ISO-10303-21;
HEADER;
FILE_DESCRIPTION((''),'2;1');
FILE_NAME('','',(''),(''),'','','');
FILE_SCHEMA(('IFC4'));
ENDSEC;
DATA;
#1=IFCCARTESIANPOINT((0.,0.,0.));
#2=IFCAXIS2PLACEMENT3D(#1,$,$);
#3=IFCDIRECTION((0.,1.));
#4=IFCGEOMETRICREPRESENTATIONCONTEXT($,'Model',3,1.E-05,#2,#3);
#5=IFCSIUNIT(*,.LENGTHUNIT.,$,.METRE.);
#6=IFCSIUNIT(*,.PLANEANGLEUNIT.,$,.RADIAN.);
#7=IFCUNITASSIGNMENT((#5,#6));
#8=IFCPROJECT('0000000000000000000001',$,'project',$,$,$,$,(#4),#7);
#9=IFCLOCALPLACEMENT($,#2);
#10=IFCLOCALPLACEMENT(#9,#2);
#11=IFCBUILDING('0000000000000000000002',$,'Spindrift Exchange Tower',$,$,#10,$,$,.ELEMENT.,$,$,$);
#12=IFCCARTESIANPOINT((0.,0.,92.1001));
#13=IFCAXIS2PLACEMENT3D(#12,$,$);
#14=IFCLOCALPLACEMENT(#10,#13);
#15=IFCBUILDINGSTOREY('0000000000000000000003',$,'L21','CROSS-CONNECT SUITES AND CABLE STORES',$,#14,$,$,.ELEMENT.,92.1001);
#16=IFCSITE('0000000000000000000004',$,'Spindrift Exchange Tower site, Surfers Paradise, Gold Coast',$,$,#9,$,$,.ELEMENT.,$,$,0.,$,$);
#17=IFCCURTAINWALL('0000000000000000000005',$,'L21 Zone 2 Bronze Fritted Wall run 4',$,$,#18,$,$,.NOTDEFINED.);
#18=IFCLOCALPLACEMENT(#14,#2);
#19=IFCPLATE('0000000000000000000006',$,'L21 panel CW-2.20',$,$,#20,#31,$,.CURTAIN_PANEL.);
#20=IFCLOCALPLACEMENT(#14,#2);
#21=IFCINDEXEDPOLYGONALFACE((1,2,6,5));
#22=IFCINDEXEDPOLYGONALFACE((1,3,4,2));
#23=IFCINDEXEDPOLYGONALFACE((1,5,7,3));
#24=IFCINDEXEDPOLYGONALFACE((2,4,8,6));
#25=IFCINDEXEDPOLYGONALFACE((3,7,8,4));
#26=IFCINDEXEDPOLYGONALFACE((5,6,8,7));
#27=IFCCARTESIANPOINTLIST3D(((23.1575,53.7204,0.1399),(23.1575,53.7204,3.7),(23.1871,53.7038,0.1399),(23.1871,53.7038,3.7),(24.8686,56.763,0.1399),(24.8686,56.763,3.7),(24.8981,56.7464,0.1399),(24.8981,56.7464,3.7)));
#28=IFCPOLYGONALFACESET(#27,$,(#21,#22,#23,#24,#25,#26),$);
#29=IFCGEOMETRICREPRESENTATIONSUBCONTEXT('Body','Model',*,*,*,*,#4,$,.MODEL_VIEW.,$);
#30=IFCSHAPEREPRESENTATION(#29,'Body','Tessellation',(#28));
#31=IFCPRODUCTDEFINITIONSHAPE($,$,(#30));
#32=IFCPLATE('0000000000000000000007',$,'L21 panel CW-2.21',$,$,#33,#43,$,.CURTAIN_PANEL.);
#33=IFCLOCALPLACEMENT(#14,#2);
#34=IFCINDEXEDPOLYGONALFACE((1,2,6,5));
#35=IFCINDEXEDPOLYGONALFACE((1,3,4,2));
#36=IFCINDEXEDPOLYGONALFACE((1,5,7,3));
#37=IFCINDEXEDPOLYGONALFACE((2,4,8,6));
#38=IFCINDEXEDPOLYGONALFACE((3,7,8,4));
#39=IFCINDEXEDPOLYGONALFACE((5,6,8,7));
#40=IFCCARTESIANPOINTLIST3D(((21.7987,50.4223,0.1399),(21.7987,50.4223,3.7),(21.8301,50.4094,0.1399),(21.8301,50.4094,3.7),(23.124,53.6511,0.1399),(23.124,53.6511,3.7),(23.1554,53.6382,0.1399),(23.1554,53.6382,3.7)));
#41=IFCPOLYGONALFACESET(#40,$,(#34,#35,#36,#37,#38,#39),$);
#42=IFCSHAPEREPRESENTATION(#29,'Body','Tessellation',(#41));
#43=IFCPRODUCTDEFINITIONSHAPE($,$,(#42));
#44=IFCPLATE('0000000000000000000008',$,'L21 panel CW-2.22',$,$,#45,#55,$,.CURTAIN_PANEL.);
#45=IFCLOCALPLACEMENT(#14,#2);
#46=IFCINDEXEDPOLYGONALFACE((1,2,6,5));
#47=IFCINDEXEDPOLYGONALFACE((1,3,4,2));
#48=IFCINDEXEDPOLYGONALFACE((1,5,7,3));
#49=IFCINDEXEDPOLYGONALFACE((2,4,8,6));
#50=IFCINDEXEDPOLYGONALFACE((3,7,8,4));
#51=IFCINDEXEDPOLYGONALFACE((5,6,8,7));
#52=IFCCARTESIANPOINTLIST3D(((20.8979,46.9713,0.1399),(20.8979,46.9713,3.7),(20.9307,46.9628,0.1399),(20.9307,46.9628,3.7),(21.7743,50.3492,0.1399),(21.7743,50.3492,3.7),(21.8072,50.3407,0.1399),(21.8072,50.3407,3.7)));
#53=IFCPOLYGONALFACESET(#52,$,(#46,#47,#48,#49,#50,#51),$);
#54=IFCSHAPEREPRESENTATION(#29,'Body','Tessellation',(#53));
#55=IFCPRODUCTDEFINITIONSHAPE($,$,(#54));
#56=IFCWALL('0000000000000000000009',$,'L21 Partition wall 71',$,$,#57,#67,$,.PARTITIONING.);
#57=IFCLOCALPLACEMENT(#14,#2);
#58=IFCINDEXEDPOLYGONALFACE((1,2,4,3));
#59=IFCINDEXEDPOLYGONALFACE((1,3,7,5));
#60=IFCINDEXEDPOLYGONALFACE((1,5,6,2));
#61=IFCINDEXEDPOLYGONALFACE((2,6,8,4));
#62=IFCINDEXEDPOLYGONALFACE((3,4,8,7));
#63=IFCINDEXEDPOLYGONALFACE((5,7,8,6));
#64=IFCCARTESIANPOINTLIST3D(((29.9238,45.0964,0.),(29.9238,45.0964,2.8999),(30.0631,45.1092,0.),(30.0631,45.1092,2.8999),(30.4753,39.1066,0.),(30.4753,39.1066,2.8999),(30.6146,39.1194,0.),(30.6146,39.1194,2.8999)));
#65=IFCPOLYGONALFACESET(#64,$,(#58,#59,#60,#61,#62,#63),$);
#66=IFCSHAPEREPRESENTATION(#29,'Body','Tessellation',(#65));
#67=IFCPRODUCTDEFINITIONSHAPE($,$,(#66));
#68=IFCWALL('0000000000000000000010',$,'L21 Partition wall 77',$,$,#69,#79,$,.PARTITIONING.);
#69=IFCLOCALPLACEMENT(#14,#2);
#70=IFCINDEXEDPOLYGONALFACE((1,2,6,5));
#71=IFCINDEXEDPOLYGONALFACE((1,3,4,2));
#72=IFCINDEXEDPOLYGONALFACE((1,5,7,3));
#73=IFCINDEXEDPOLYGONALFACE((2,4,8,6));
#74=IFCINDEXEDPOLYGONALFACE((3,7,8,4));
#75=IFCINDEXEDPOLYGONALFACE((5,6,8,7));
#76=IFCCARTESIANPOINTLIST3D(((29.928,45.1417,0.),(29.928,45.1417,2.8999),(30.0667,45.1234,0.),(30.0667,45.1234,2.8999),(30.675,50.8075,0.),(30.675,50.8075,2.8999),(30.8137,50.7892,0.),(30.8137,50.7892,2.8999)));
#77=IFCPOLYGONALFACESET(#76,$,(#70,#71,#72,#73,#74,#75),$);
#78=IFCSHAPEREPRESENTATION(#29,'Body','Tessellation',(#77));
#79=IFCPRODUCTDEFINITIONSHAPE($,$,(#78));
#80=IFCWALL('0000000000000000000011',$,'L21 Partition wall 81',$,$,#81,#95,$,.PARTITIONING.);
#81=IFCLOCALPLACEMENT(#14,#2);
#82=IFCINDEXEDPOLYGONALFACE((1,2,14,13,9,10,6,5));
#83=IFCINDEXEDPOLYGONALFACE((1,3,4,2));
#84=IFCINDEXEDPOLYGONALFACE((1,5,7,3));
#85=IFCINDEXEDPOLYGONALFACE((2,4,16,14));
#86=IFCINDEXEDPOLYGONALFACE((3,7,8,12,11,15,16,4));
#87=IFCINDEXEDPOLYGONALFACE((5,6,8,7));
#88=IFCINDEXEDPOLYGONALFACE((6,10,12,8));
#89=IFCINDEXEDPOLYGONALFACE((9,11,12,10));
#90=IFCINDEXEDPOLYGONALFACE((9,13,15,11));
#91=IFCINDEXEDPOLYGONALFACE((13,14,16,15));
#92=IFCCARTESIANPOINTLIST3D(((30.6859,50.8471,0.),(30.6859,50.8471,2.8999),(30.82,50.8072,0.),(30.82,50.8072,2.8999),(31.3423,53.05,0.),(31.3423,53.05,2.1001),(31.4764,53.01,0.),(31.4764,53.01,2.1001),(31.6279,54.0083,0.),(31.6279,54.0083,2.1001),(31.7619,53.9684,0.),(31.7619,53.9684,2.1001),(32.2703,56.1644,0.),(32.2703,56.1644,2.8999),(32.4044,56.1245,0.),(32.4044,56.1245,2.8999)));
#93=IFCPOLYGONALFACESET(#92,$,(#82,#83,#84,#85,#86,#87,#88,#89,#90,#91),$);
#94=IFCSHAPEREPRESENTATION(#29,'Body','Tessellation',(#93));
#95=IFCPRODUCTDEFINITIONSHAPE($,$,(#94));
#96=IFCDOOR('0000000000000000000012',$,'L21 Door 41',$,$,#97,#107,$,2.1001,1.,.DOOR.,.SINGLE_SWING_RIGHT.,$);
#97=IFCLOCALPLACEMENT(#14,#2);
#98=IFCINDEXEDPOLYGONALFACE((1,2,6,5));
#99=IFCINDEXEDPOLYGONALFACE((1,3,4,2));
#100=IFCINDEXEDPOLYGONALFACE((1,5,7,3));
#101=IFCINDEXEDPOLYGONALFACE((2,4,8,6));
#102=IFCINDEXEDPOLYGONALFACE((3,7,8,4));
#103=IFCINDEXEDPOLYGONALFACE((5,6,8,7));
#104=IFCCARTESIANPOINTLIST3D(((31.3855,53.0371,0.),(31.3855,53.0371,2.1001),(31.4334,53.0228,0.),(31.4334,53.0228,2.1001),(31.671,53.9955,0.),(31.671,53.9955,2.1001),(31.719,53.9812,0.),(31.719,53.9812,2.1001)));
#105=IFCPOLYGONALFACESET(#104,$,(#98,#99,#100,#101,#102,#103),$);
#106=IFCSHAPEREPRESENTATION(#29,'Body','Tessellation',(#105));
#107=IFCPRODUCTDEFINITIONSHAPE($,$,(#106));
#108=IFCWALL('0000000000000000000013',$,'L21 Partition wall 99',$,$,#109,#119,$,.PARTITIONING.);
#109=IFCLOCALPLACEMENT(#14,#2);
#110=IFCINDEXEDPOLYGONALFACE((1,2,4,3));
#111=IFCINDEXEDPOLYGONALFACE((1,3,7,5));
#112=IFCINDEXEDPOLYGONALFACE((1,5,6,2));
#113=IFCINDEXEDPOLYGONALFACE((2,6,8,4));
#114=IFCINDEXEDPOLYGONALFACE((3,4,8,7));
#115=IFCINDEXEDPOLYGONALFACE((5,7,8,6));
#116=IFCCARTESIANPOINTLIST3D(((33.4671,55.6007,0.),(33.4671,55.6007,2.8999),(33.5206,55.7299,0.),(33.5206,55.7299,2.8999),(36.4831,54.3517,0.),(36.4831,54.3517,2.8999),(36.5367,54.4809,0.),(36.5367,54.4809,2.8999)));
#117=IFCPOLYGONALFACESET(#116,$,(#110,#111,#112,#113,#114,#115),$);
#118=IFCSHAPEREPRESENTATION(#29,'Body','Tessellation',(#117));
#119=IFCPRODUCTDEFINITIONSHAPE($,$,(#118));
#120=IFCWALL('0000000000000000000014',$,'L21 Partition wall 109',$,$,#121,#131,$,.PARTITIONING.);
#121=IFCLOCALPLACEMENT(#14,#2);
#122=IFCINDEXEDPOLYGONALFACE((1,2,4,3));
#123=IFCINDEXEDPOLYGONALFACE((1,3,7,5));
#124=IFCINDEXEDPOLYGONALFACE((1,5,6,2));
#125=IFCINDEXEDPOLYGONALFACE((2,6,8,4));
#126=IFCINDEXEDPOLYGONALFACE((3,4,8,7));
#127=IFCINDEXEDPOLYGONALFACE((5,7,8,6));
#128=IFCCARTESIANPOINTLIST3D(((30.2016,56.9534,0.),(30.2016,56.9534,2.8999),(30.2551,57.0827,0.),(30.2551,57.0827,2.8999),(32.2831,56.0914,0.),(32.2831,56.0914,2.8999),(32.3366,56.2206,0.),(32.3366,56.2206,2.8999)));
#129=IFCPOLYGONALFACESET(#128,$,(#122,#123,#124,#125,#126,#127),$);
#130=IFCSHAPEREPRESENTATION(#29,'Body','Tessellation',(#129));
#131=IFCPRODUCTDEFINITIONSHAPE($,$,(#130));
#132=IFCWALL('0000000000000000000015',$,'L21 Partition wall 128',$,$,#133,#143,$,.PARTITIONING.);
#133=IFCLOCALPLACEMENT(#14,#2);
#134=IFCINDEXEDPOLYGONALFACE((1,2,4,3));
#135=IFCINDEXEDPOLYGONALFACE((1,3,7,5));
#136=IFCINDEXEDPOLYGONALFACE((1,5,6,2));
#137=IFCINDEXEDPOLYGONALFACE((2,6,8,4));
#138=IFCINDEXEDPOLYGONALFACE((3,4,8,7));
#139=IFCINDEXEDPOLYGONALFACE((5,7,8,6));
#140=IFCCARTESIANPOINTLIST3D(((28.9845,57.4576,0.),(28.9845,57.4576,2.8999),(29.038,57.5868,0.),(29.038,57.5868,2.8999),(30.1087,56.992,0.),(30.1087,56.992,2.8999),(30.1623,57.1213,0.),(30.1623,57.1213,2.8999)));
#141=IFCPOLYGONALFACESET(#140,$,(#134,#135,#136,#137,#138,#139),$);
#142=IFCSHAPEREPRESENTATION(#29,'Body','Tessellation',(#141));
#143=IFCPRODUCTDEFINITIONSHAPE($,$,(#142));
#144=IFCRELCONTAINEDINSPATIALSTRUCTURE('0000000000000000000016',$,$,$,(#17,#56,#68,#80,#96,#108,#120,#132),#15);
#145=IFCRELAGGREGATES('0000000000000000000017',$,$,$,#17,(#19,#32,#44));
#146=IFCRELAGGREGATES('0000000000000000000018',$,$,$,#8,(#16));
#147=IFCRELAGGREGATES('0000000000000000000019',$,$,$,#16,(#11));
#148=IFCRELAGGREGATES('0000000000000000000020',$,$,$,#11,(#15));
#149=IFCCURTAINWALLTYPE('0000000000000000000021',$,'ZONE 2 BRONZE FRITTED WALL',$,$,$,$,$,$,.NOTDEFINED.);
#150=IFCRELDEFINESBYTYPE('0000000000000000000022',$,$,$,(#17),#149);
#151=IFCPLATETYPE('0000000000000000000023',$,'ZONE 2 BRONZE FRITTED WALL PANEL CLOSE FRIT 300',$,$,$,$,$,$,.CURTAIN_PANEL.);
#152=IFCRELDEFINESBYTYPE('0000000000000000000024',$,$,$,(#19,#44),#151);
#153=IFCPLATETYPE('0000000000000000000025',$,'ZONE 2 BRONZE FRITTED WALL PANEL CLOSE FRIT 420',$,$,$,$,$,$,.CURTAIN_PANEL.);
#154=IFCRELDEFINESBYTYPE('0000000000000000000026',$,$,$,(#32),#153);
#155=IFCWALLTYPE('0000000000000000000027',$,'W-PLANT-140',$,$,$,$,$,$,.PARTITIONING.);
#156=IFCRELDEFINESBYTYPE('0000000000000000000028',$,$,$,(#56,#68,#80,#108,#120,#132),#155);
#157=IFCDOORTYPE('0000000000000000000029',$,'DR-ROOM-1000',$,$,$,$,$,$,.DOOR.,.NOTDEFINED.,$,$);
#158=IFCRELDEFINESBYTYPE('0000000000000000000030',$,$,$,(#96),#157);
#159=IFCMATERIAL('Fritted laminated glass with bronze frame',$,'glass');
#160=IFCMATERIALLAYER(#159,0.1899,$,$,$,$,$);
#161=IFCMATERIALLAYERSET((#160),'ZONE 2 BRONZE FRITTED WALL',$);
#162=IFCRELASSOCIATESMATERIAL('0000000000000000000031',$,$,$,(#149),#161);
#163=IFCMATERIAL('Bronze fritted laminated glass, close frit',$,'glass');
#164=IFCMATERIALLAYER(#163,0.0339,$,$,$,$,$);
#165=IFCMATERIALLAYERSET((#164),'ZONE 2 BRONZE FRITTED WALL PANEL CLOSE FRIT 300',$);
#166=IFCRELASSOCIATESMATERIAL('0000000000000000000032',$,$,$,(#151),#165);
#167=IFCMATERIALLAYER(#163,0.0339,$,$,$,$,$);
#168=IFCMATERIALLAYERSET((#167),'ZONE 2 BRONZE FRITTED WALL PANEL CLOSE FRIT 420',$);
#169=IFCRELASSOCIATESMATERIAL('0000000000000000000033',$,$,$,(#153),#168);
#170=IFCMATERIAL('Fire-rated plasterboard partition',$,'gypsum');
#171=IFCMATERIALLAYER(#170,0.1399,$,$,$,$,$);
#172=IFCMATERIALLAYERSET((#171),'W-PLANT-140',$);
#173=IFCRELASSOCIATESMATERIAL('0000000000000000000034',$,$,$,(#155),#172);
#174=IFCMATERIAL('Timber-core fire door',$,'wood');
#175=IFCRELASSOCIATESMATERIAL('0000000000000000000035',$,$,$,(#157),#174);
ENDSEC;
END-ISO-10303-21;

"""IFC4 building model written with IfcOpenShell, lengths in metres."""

from ifc_helpers import new_model, si_unit, direction, frame, frame_2d, origin, origin_2d, place, context, subcontext, project, spatial, rectangle, extrude, source, transform, mapped, material, layer, layer_set, type_object, element, fill, aggregate, save


model = new_model("IFC4")

# Units and contexts
model_context = context("Model", 3, precision=1e-05, world=origin(), true_north=direction((0.0, 1.0)))
body_context = subcontext(model_context, "Body", "Model", "MODEL_VIEW")
ifc_project = project(units=[si_unit("LENGTHUNIT", "METRE"), si_unit("PLANEANGLEUNIT", "RADIAN")], contexts=[model_context])

# Site, building, storey
site_placement = place(None, origin())
site = spatial("IfcSite", under=ifc_project, at=site_placement, Name="Spindrift Exchange Tower site, Surfers Paradise, Gold Coast", CompositionType="ELEMENT", RefElevation=0.0)
building_placement = place(site_placement, origin())
building = spatial("IfcBuilding", under=site, at=building_placement, Name="Spindrift Exchange Tower", CompositionType="ELEMENT")
storey_placement = place(building_placement, frame((0.0, 0.0, 92.1001)))
storey = spatial("IfcBuildingStorey", under=building, at=storey_placement, Name="L21", Description="CROSS-CONNECT SUITES AND CABLE STORES", CompositionType="ELEMENT", Elevation=92.1001)

# Curtain wall, plates
ifc_material_1 = material(Name="Fritted laminated glass with bronze frame", Category="glass")
ifc_layer_1 = layer(ifc_material_1, 0.1899)
ifc_layer_set_1 = layer_set([ifc_layer_1], Name="ZONE 2 BRONZE FRITTED WALL")
curtain_wall_type = type_object("IfcCurtainWallType", Name="ZONE 2 BRONZE FRITTED WALL", PredefinedType="NOTDEFINED", material=ifc_layer_set_1)
curtain_wall_placement = place(storey_placement, origin())
curtain_wall = element("IfcCurtainWall", 1, at=curtain_wall_placement, inside=storey, type_object=curtain_wall_type, Name="L21 Zone 2 Bronze Fritted Wall run 4", PredefinedType="NOTDEFINED")
ifc_material_2 = material(Name="Bronze fritted laminated glass, close frit", Category="glass")
ifc_layer_2 = layer(ifc_material_2, 0.0339)
ifc_layer_set_2 = layer_set([ifc_layer_2], Name="ZONE 2 BRONZE FRITTED WALL PANEL CLOSE FRIT 300")
plate_type_1 = type_object("IfcPlateType", Name="ZONE 2 BRONZE FRITTED WALL PANEL CLOSE FRIT 300", PredefinedType="CURTAIN_PANEL", material=ifc_layer_set_2)
shared_shape_1 = source(origin(), body_context, "Body", "SweptSolid", [
    extrude(rectangle(XDim=3.4907, YDim=0.0339, at=origin_2d()), origin(), (0.0, 0.0, 1.0), 3.5601),
])
plate_1_placement = place(storey_placement, frame((24.0278, 55.2334, 0.1399), z_axis=(0.0, 0.0, 1.0), x_axis=(-0.490166, -0.871629, 0.0)))
plate_1 = element("IfcPlate", 2, at=plate_1_placement, type_object=plate_type_1, Name="L21 panel CW-2.20", PredefinedType="CURTAIN_PANEL", context=body_context, shape_type="MappedRepresentation", body=[
    mapped(shared_shape_1, transform((0.0, 0.0, 0.0), scale=1.0)),
])
ifc_layer_3 = layer(ifc_material_2, 0.0339)
ifc_layer_set_3 = layer_set([ifc_layer_3], Name="ZONE 2 BRONZE FRITTED WALL PANEL CLOSE FRIT 420")
plate_type_2 = type_object("IfcPlateType", Name="ZONE 2 BRONZE FRITTED WALL PANEL CLOSE FRIT 420", PredefinedType="CURTAIN_PANEL", material=ifc_layer_set_3)
shared_shape_2 = source(origin(), body_context, "Body", "SweptSolid", [
    extrude(rectangle(XDim=3.4902, YDim=0.0339, at=origin_2d()), origin(), (0.0, 0.0, 1.0), 3.5601),
])
plate_2_placement = place(storey_placement, frame((22.4771, 52.0303, 0.1399), z_axis=(0.0, 0.0, 1.0), x_axis=(-0.379723, -0.9251, 0.0)))
plate_2 = element("IfcPlate", 3, at=plate_2_placement, type_object=plate_type_2, Name="L21 panel CW-2.21", PredefinedType="CURTAIN_PANEL", context=body_context, shape_type="MappedRepresentation", body=[
    mapped(shared_shape_2, transform((0.0, 0.0, 0.0), scale=1.0)),
])
shared_shape_3 = source(origin(), body_context, "Body", "SweptSolid", [
    extrude(rectangle(XDim=3.4897, YDim=0.0339, at=origin_2d()), origin(), (0.0, 0.0, 1.0), 3.5601),
])
plate_3_placement = place(storey_placement, frame((21.3525, 48.656, 0.1399), z_axis=(0.0, 0.0, 1.0), x_axis=(-0.251152, -0.967948, 0.0)))
plate_3 = element("IfcPlate", 4, at=plate_3_placement, type_object=plate_type_1, Name="L21 panel CW-2.22", PredefinedType="CURTAIN_PANEL", context=body_context, shape_type="MappedRepresentation", body=[
    mapped(shared_shape_3, transform((0.0, 0.0, 0.0), scale=1.0)),
])
aggregate(curtain_wall, [plate_1, plate_2, plate_3])

# Walls
ifc_material_3 = material(Name="Fire-rated plasterboard partition", Category="gypsum")
ifc_layer_4 = layer(ifc_material_3, 0.1399)
ifc_layer_set_4 = layer_set([ifc_layer_4], Name="W-PLANT-140")
wall_type = type_object("IfcWallType", Name="W-PLANT-140", PredefinedType="PARTITIONING", material=ifc_layer_set_4)
wall_1_placement = place(storey_placement, frame((29.9934, 45.1028, 0.0), z_axis=(0.0, 0.0, 1.0), x_axis=(0.091688, -0.995788, 0.0)))
element("IfcWall", 5, at=wall_1_placement, inside=storey, type_object=wall_type, Name="L21 Partition wall 71", PredefinedType="PARTITIONING", context=body_context, shape_type="SweptSolid", body=[
    extrude(rectangle(XDim=6.0151, YDim=0.1399, at=frame_2d((3.0076, 0.0))), origin(), (0.0, 0.0, 1.0), 2.8999),
])
wall_2_placement = place(storey_placement, frame((30.7444, 50.7983, 0.0), z_axis=(0.0, 0.0, 1.0), x_axis=(-0.130725, -0.991419, 0.0)))
element("IfcWall", 6, at=wall_2_placement, inside=storey, type_object=wall_type, Name="L21 Partition wall 77", PredefinedType="PARTITIONING", context=body_context, shape_type="SweptSolid", body=[
    extrude(rectangle(XDim=5.7148, YDim=0.1399, at=frame_2d((2.8574, 0.0))), origin(), (0.0, 0.0, 1.0), 2.8999),
])

# Wall, opening, door
wall_3_placement = place(storey_placement, frame((30.7529, 50.8271, 0.0), z_axis=(0.0, 0.0, 1.0), x_axis=(0.285571, 0.958358, 0.0)))
wall_3 = element("IfcWall", 7, at=wall_3_placement, inside=storey, type_object=wall_type, Name="L21 Partition wall 81", PredefinedType="PARTITIONING", context=body_context, shape_type="SweptSolid", body=[
    extrude(rectangle(XDim=5.5483, YDim=0.1399, at=frame_2d((2.7742, 0.0))), origin(), (0.0, 0.0, 1.0), 2.8999),
])
opening_placement = place(wall_3_placement, frame((2.2986, 0.0, 0.0)))
opening = element("IfcOpeningElement", 8, at=opening_placement, cuts=wall_3, PredefinedType="OPENING", context=body_context, shape_type="SweptSolid", body=[
    extrude(rectangle(XDim=1.0, YDim=2.1001, at=frame_2d((0.5, 1.05))), frame((0.0, 0.0798, 0.0), z_axis=(0.0, -1.0, 0.0), x_axis=(1.0, 0.0, 0.0)), (0.0, 0.0, 1.0), 0.1599),
])
ifc_material_4 = material(Name="Timber-core fire door", Category="wood")
door_type = type_object("IfcDoorType", Name="DR-ROOM-1000", OperationType="NOTDEFINED", PredefinedType="DOOR", material=ifc_material_4)
shared_shape_4 = source(origin(), body_context, "Body", "SweptSolid", [
    extrude(rectangle(XDim=1.0, YDim=2.1001, at=frame_2d((0.5, 1.05))), frame((0.0, 0.0249, 0.0), z_axis=(0.0, -1.0, 0.0), x_axis=(1.0, 0.0, 0.0)), (0.0, 0.0, 1.0), 0.05),
])
door_placement = place(opening_placement, origin())
door = element("IfcDoor", 9, at=door_placement, inside=storey, type_object=door_type, Name="L21 Door 41", OperationType="SINGLE_SWING_RIGHT", OverallHeight=2.1001, OverallWidth=1.0, PredefinedType="DOOR", context=body_context, shape_type="MappedRepresentation", body=[
    mapped(shared_shape_4, transform((0.0, 0.0, 0.0), scale=1.0)),
])
fill(opening, door)

# Walls
wall_4_placement = place(storey_placement, frame((36.51, 54.4163, 0.0), z_axis=(0.0, 0.0, 1.0), x_axis=(-0.923911, 0.382607, 0.0)))
element("IfcWall", 10, at=wall_4_placement, inside=storey, type_object=wall_type, Name="L21 Partition wall 99", PredefinedType="PARTITIONING", context=body_context, shape_type="SweptSolid", body=[
    extrude(rectangle(XDim=3.2644, YDim=0.1399, at=frame_2d((1.6323, 0.0))), origin(), (0.0, 0.0, 1.0), 2.8999),
])
wall_5_placement = place(storey_placement, frame((32.3098, 56.156, 0.0), z_axis=(0.0, 0.0, 1.0), x_axis=(-0.923902, 0.382629, 0.0)))
element("IfcWall", 11, at=wall_5_placement, inside=storey, type_object=wall_type, Name="L21 Partition wall 109", PredefinedType="PARTITIONING", context=body_context, shape_type="SweptSolid", body=[
    extrude(rectangle(XDim=2.2529, YDim=0.1399, at=frame_2d((1.1265, 0.0))), origin(), (0.0, 0.0, 1.0), 2.8999),
])
wall_6_placement = place(storey_placement, frame((30.1355, 57.0566, 0.0), z_axis=(0.0, 0.0, 1.0), x_axis=(-0.923912, 0.382606, 0.0)))
element("IfcWall", 12, at=wall_6_placement, inside=storey, type_object=wall_type, Name="L21 Partition wall 128", PredefinedType="PARTITIONING", context=body_context, shape_type="SweptSolid", body=[
    extrude(rectangle(XDim=1.2168, YDim=0.1399, at=frame_2d((0.6084, 0.0))), origin(), (0.0, 0.0, 1.0), 2.8999),
])

save(model, "model.ifc")
